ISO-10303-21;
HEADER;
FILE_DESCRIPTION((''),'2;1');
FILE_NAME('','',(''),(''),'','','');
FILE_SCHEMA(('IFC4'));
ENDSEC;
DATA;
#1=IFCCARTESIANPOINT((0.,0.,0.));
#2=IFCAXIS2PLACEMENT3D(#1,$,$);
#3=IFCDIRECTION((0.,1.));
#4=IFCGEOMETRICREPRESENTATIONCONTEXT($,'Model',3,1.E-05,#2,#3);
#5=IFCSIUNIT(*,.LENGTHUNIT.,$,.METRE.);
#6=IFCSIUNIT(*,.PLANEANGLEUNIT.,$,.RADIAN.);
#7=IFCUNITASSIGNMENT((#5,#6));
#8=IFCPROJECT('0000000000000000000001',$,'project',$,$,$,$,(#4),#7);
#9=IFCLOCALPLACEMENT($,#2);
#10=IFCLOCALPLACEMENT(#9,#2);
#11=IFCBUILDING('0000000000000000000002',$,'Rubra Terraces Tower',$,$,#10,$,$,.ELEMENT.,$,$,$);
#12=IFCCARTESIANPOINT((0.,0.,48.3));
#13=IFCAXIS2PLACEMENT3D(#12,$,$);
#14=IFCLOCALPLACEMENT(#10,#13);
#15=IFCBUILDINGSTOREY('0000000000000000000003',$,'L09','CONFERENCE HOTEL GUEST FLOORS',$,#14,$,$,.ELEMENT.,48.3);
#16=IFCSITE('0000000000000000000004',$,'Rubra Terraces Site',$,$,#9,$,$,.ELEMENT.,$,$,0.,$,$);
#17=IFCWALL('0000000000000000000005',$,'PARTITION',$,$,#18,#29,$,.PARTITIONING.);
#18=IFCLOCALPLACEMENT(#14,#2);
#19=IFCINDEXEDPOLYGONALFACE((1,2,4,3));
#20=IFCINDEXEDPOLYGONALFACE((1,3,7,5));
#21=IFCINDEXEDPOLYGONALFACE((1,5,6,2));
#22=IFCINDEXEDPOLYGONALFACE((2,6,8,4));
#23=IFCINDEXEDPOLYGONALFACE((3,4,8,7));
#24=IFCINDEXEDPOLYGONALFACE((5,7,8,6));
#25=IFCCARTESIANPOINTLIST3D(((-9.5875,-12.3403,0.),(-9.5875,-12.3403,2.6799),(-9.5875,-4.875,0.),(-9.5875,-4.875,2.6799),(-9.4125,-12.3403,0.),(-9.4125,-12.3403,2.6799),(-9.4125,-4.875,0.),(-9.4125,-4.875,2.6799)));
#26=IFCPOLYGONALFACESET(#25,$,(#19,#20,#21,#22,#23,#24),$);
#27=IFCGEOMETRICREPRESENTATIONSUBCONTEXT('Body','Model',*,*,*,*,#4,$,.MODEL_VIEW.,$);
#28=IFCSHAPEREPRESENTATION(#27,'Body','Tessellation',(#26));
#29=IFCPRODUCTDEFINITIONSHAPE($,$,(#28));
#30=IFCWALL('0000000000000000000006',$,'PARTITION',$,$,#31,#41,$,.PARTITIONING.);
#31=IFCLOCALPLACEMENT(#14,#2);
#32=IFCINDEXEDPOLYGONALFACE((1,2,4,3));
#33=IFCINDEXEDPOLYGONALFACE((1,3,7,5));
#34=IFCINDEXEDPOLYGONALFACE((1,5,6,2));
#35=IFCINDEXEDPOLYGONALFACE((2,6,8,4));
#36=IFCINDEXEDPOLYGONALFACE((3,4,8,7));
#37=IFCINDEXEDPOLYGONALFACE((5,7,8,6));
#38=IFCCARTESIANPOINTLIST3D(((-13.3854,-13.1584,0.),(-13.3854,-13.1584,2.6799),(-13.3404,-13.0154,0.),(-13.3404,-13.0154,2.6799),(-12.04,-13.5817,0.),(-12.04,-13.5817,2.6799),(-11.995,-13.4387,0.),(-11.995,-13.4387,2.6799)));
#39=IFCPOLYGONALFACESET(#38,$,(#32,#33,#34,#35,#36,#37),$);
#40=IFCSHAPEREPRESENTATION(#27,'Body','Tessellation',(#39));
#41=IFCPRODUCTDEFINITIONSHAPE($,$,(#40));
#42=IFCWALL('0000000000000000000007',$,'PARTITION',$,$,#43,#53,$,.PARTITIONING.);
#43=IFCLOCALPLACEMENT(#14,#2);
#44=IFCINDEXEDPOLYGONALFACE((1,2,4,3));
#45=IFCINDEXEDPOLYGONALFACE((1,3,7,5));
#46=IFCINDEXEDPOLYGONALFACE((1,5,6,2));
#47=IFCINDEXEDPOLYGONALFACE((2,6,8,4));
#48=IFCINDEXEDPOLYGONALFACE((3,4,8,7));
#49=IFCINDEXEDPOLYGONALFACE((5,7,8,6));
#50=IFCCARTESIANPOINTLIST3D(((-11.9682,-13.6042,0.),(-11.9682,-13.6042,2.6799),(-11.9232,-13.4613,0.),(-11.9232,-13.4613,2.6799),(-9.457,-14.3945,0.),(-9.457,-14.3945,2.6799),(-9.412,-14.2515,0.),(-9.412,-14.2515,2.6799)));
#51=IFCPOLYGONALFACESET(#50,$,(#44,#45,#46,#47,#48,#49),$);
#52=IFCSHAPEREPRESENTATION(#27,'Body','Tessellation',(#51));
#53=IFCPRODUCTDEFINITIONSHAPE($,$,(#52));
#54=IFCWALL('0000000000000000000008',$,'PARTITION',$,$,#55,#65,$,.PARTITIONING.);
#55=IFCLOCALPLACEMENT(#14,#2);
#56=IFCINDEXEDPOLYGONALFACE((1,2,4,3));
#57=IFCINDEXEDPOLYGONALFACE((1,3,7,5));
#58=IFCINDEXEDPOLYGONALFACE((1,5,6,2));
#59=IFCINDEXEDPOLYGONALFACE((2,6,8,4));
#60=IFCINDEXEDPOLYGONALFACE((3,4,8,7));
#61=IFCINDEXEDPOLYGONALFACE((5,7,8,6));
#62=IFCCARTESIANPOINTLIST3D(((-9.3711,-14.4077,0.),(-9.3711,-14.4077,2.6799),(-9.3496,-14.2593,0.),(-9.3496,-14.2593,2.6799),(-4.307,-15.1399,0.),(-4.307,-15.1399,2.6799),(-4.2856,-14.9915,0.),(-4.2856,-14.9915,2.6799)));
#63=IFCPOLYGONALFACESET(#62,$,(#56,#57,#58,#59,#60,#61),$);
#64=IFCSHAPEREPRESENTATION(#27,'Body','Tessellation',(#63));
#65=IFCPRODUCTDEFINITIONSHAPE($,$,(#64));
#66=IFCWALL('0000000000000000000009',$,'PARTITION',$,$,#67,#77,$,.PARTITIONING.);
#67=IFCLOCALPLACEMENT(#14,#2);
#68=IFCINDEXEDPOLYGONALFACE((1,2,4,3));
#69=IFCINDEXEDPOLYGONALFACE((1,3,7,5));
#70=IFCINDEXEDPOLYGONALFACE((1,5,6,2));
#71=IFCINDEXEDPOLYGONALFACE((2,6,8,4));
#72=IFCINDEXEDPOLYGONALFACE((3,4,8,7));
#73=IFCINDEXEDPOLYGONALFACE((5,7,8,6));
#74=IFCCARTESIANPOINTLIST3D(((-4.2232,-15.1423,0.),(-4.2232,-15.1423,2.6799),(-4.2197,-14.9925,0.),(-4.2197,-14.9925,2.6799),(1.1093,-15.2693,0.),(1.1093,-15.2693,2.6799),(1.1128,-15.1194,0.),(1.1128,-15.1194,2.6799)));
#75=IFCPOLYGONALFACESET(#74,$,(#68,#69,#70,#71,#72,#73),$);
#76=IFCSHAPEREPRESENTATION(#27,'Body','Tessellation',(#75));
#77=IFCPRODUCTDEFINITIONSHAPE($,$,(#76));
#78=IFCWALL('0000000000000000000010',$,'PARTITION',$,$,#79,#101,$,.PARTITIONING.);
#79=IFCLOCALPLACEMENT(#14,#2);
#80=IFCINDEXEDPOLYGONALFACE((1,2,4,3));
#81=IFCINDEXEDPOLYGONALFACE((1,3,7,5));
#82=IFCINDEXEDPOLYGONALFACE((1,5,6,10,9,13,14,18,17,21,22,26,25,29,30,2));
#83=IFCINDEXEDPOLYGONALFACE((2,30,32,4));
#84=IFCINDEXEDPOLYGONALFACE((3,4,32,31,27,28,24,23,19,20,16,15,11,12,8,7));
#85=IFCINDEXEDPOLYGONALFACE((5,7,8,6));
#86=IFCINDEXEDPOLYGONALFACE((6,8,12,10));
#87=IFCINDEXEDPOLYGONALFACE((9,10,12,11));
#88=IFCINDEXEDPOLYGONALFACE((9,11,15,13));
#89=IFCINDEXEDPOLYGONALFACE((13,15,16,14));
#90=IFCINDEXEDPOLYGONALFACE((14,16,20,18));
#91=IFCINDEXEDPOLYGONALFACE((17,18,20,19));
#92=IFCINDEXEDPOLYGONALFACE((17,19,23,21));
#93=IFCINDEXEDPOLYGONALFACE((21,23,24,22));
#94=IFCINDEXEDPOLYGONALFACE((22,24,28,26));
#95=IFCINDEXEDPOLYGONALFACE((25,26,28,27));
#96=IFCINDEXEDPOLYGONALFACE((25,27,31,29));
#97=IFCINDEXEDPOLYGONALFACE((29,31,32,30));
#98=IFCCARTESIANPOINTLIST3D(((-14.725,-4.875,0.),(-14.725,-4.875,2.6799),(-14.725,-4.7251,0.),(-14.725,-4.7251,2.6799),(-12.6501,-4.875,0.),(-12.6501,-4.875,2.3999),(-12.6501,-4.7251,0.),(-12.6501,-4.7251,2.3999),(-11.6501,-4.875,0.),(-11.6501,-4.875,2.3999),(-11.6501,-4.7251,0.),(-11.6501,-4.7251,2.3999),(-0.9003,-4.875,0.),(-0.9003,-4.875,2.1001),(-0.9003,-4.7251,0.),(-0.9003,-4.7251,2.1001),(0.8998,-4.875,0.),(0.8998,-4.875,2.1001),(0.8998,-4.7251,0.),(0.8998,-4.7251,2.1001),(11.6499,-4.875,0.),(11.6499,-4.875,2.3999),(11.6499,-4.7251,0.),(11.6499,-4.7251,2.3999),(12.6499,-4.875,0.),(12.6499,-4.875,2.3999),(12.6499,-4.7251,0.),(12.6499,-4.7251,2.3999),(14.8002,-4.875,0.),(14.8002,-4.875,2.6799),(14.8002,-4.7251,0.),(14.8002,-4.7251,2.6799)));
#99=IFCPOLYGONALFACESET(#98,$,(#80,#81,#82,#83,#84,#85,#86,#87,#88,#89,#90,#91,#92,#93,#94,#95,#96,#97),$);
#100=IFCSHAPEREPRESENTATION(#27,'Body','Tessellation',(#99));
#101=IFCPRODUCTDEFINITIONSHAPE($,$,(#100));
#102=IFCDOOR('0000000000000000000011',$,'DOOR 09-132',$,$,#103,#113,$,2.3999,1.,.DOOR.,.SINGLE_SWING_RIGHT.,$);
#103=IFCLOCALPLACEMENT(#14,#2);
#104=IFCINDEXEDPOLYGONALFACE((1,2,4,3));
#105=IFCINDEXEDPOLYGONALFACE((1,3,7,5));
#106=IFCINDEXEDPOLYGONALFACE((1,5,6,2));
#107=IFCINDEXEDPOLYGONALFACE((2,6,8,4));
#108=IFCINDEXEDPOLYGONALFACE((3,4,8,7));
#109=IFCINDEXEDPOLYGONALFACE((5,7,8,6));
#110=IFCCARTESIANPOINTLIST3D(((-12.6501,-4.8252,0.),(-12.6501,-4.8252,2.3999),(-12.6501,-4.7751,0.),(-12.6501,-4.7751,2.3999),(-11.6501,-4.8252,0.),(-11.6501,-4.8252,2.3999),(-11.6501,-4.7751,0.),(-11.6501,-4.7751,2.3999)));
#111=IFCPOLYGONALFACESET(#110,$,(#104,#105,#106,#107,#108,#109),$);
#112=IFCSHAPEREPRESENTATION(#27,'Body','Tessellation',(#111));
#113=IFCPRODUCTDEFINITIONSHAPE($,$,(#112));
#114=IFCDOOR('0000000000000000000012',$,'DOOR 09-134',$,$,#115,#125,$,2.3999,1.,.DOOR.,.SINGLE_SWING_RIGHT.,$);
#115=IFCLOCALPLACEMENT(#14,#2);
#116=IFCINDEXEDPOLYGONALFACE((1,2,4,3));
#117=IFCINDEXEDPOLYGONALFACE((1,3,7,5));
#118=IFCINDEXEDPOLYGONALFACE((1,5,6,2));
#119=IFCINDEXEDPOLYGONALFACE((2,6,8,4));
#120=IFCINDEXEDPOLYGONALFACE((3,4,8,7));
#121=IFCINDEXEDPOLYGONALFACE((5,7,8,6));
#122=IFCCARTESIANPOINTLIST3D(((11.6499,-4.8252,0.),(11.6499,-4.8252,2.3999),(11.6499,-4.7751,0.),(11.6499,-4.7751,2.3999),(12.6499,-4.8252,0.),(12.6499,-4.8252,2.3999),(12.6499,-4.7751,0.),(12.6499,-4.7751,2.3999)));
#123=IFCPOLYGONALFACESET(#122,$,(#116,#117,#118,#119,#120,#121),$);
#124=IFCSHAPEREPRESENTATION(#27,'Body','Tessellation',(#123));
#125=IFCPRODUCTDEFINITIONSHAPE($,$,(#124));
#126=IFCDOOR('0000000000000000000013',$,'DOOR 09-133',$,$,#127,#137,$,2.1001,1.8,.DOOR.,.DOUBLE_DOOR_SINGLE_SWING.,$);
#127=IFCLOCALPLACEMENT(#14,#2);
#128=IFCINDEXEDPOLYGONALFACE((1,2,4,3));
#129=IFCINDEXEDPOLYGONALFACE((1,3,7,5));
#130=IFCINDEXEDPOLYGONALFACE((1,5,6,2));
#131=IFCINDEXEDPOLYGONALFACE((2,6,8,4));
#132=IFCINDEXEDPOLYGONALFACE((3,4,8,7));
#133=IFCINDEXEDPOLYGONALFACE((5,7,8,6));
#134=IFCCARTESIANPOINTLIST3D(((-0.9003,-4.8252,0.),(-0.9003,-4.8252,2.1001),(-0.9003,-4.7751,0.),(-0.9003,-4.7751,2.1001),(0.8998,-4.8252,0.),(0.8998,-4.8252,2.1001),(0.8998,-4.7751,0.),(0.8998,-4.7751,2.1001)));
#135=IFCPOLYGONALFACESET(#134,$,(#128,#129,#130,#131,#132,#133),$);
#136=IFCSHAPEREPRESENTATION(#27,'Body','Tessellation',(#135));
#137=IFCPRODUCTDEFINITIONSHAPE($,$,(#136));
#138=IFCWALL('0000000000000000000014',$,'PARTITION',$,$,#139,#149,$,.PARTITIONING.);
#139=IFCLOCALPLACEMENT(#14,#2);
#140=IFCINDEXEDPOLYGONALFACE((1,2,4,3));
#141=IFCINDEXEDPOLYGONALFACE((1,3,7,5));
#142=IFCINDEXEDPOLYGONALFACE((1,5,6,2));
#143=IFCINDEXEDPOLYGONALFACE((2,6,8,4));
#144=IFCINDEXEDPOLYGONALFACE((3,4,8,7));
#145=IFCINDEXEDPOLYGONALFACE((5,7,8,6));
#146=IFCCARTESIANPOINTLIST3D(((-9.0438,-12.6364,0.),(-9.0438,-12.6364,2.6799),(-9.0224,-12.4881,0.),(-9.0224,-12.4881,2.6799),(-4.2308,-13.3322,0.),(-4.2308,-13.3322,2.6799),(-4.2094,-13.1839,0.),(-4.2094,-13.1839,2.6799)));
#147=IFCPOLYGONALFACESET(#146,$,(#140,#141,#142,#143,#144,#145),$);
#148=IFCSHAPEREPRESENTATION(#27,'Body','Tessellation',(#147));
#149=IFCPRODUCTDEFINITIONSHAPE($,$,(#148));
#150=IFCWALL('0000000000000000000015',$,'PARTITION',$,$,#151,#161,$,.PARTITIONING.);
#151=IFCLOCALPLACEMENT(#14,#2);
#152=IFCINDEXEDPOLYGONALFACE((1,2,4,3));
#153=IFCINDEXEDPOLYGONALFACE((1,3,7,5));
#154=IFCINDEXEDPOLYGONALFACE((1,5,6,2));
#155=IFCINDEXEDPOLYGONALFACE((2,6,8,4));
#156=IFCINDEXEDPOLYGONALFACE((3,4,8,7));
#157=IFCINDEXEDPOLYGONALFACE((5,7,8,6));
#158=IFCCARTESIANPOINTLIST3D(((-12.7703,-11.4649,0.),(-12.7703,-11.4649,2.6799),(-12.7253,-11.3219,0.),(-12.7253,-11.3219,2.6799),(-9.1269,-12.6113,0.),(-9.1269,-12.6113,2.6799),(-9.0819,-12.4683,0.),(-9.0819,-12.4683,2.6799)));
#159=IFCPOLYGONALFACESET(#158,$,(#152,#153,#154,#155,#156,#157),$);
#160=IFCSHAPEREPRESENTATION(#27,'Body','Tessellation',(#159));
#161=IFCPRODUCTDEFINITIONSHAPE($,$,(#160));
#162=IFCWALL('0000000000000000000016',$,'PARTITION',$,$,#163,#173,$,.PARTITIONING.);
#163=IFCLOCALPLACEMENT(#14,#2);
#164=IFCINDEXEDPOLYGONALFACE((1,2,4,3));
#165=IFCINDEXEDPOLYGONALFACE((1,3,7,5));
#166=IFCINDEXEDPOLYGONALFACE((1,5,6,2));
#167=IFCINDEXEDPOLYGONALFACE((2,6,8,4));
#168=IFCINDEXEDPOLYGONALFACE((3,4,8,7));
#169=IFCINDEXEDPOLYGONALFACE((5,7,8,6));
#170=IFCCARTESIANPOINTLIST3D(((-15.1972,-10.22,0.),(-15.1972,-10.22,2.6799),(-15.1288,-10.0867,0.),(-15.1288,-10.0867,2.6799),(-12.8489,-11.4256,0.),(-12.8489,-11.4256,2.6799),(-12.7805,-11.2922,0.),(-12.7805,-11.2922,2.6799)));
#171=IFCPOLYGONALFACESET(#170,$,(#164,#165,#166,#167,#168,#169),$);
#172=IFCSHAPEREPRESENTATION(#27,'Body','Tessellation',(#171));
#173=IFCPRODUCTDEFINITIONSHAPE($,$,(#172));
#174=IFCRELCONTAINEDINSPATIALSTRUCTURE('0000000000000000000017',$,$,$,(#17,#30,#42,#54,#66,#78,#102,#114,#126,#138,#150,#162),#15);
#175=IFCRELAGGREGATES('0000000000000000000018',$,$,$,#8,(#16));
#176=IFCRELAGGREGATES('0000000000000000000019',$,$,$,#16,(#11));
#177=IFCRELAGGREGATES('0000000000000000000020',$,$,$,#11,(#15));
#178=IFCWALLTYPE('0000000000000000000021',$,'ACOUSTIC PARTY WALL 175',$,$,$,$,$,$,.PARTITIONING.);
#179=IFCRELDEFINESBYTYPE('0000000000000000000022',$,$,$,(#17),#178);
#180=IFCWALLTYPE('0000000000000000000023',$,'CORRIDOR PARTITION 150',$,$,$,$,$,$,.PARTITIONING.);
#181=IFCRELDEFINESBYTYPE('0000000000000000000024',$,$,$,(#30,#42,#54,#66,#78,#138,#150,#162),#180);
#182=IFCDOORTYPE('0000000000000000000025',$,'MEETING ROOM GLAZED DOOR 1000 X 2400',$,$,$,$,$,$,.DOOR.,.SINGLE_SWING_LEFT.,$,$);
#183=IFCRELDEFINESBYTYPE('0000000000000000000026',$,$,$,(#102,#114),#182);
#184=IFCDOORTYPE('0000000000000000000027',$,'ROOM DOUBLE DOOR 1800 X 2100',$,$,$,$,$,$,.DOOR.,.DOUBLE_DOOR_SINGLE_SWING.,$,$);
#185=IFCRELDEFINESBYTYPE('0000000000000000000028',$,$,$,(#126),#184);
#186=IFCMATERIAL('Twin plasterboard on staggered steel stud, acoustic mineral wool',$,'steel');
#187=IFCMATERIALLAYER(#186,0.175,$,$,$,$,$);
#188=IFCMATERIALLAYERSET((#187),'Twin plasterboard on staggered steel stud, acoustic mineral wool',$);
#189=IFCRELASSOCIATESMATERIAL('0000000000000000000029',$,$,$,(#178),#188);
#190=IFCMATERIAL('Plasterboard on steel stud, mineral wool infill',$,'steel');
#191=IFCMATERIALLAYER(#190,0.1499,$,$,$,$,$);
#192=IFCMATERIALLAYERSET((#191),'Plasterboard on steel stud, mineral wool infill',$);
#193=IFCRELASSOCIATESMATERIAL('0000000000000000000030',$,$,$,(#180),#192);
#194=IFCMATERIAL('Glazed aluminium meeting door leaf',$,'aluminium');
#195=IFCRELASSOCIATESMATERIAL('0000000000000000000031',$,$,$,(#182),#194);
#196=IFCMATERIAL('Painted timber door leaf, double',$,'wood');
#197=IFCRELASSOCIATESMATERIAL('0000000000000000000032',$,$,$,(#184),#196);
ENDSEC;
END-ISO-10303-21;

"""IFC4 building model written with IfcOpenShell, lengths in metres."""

from ifc_helpers import new_model, si_unit, direction, frame, frame_2d, origin, place, context, subcontext, project, spatial, rectangle, extrude, material, layer, layer_set, type_object, element, fill, save


model = new_model("IFC4")

# Units and contexts
model_context = context("Model", 3, precision=1e-05, world=origin(), true_north=direction((0.0, 1.0)))
body_context = subcontext(model_context, "Body", "Model", "MODEL_VIEW")
ifc_project = project(units=[si_unit("LENGTHUNIT", "METRE"), si_unit("PLANEANGLEUNIT", "RADIAN")], contexts=[model_context])

# Site, building, storey
site_placement = place(None, origin())
site = spatial("IfcSite", under=ifc_project, at=site_placement, Name="Rubra Terraces Site", CompositionType="ELEMENT", RefElevation=0.0)
building_placement = place(site_placement, origin())
building = spatial("IfcBuilding", under=site, at=building_placement, Name="Rubra Terraces Tower", CompositionType="ELEMENT")
storey_placement = place(building_placement, frame((0.0, 0.0, 48.3)))
storey = spatial("IfcBuildingStorey", under=building, at=storey_placement, Name="L09", Description="CONFERENCE HOTEL GUEST FLOORS", CompositionType="ELEMENT", Elevation=48.3)

# Walls
ifc_material_1 = material(Name="Twin plasterboard on staggered steel stud, acoustic mineral wool", Category="steel")
ifc_layer_1 = layer(ifc_material_1, 0.175)
ifc_layer_set_1 = layer_set([ifc_layer_1], Name="Twin plasterboard on staggered steel stud, acoustic mineral wool")
wall_type_1 = type_object("IfcWallType", Name="ACOUSTIC PARTY WALL 175", PredefinedType="PARTITIONING", material=ifc_layer_set_1)
wall_1_placement = place(storey_placement, frame((-9.5, -12.3403, 0.0), z_axis=(0.0, 0.0, 1.0), x_axis=(0.0, 1.0, 0.0)))
element("IfcWall", 1, at=wall_1_placement, inside=storey, type_object=wall_type_1, Name="PARTITION", PredefinedType="PARTITIONING", context=body_context, shape_type="SweptSolid", body=[
    extrude(rectangle(XDim=7.4653, YDim=0.175, at=frame_2d((3.7327, 0.0))), origin(), (0.0, 0.0, 1.0), 2.6799),
])
ifc_material_2 = material(Name="Plasterboard on steel stud, mineral wool infill", Category="steel")
ifc_layer_2 = layer(ifc_material_2, 0.1499)
ifc_layer_set_2 = layer_set([ifc_layer_2], Name="Plasterboard on steel stud, mineral wool infill")
wall_type_2 = type_object("IfcWallType", Name="CORRIDOR PARTITION 150", PredefinedType="PARTITIONING", material=ifc_layer_set_2)
wall_2_placement = place(storey_placement, frame((-13.3628, -13.0869, 0.0), z_axis=(0.0, 0.0, 1.0), x_axis=(0.953896, -0.300137, 0.0)))
element("IfcWall", 2, at=wall_2_placement, inside=storey, type_object=wall_type_2, Name="PARTITION", PredefinedType="PARTITIONING", context=body_context, shape_type="SweptSolid", body=[
    extrude(rectangle(XDim=1.4104, YDim=0.1499, at=frame_2d((0.7051, 0.0))), origin(), (0.0, 0.0, 1.0), 2.6799),
])
wall_3_placement = place(storey_placement, frame((-11.9458, -13.5327, 0.0), z_axis=(0.0, 0.0, 1.0), x_axis=(0.953881, -0.300186, 0.0)))
element("IfcWall", 3, at=wall_3_placement, inside=storey, type_object=wall_type_2, Name="PARTITION", PredefinedType="PARTITIONING", context=body_context, shape_type="SweptSolid", body=[
    extrude(rectangle(XDim=2.6326, YDim=0.1499, at=frame_2d((1.3164, 0.0))), origin(), (0.0, 0.0, 1.0), 2.6799),
])
wall_4_placement = place(storey_placement, frame((-9.3604, -14.3335, 0.0), z_axis=(0.0, 0.0, 1.0), x_axis=(0.989709, -0.143098, 0.0)))
element("IfcWall", 4, at=wall_4_placement, inside=storey, type_object=wall_type_2, Name="PARTITION", PredefinedType="PARTITIONING", context=body_context, shape_type="SweptSolid", body=[
    extrude(rectangle(XDim=5.1167, YDim=0.1499, at=frame_2d((2.5583, 0.0))), origin(), (0.0, 0.0, 1.0), 2.6799),
])
wall_5_placement = place(storey_placement, frame((-4.2214, -15.0674, 0.0), z_axis=(0.0, 0.0, 1.0), x_axis=(0.999717, -0.023801, 0.0)))
element("IfcWall", 5, at=wall_5_placement, inside=storey, type_object=wall_type_2, Name="PARTITION", PredefinedType="PARTITIONING", context=body_context, shape_type="SweptSolid", body=[
    extrude(rectangle(XDim=5.334, YDim=0.1499, at=frame_2d((2.667, 0.0))), origin(), (0.0, 0.0, 1.0), 2.6799),
])

# Wall, openings, doors
wall_6_placement = place(storey_placement, frame((-14.7251, -4.8, 0.0), z_axis=(0.0, 0.0, 1.0), x_axis=(1.0, 0.0, 0.0)))
wall_6 = element("IfcWall", 6, at=wall_6_placement, inside=storey, type_object=wall_type_2, Name="PARTITION", PredefinedType="PARTITIONING", context=body_context, shape_type="SweptSolid", body=[
    extrude(rectangle(XDim=29.5251, YDim=0.1499, at=frame_2d((14.7627, 0.0))), origin(), (0.0, 0.0, 1.0), 2.6799),
])
opening_1_placement = place(wall_6_placement, frame((2.075, 0.0, 0.0)))
opening_1 = element("IfcOpeningElement", 7, at=opening_1_placement, cuts=wall_6, PredefinedType="OPENING", context=body_context, shape_type="SweptSolid", body=[
    extrude(rectangle(XDim=1.0, YDim=2.3999, at=frame_2d((0.5, 1.2))), frame((0.0, 0.085, 0.0), z_axis=(0.0, -1.0, 0.0), x_axis=(1.0, 0.0, 0.0)), (0.0, 0.0, 1.0), 0.1699),
])
opening_2_placement = place(wall_6_placement, frame((13.825, 0.0, 0.0)))
opening_2 = element("IfcOpeningElement", 8, at=opening_2_placement, cuts=wall_6, PredefinedType="OPENING", context=body_context, shape_type="SweptSolid", body=[
    extrude(rectangle(XDim=1.8, YDim=2.1001, at=frame_2d((0.8999, 1.05))), frame((0.0, 0.085, 0.0), z_axis=(0.0, -1.0, 0.0), x_axis=(1.0, 0.0, 0.0)), (0.0, 0.0, 1.0), 0.1699),
])
opening_3_placement = place(wall_6_placement, frame((26.375, 0.0, 0.0)))
opening_3 = element("IfcOpeningElement", 9, at=opening_3_placement, cuts=wall_6, PredefinedType="OPENING", context=body_context, shape_type="SweptSolid", body=[
    extrude(rectangle(XDim=1.0, YDim=2.3999, at=frame_2d((0.5, 1.2))), frame((0.0, 0.085, 0.0), z_axis=(0.0, -1.0, 0.0), x_axis=(1.0, 0.0, 0.0)), (0.0, 0.0, 1.0), 0.1699),
])
ifc_material_3 = material(Name="Glazed aluminium meeting door leaf", Category="aluminium")
door_type_1 = type_object("IfcDoorType", Name="MEETING ROOM GLAZED DOOR 1000 X 2400", OperationType="SINGLE_SWING_LEFT", PredefinedType="DOOR", material=ifc_material_3)
door_1_placement = place(opening_1_placement, origin())
door_1 = element("IfcDoor", 10, at=door_1_placement, inside=storey, type_object=door_type_1, Name="DOOR 09-132", OperationType="SINGLE_SWING_RIGHT", OverallHeight=2.3999, OverallWidth=1.0, PredefinedType="DOOR", context=body_context, shape_type="SweptSolid", body=[
    extrude(rectangle(XDim=1.0, YDim=2.3999, at=frame_2d((0.5, 1.2))), frame((0.0, 0.0249, 0.0), z_axis=(0.0, -1.0, 0.0), x_axis=(1.0, 0.0, 0.0)), (0.0, 0.0, 1.0), 0.05),
])
fill(opening_1, door_1)
door_2_placement = place(opening_3_placement, origin())
door_2 = element("IfcDoor", 11, at=door_2_placement, inside=storey, type_object=door_type_1, Name="DOOR 09-134", OperationType="SINGLE_SWING_RIGHT", OverallHeight=2.3999, OverallWidth=1.0, PredefinedType="DOOR", context=body_context, shape_type="SweptSolid", body=[
    extrude(rectangle(XDim=1.0, YDim=2.3999, at=frame_2d((0.5, 1.2))), frame((0.0, 0.0249, 0.0), z_axis=(0.0, -1.0, 0.0), x_axis=(1.0, 0.0, 0.0)), (0.0, 0.0, 1.0), 0.05),
])
fill(opening_3, door_2)
ifc_material_4 = material(Name="Painted timber door leaf, double", Category="wood")
door_type_2 = type_object("IfcDoorType", Name="ROOM DOUBLE DOOR 1800 X 2100", OperationType="DOUBLE_DOOR_SINGLE_SWING", PredefinedType="DOOR", material=ifc_material_4)
door_3_placement = place(opening_2_placement, origin())
door_3 = element("IfcDoor", 12, at=door_3_placement, inside=storey, type_object=door_type_2, Name="DOOR 09-133", OperationType="DOUBLE_DOOR_SINGLE_SWING", OverallHeight=2.1001, OverallWidth=1.8, PredefinedType="DOOR", context=body_context, shape_type="SweptSolid", body=[
    extrude(rectangle(XDim=1.8, YDim=2.1001, at=frame_2d((0.8999, 1.05))), frame((0.0, 0.0249, 0.0), z_axis=(0.0, -1.0, 0.0), x_axis=(1.0, 0.0, 0.0)), (0.0, 0.0, 1.0), 0.05),
])
fill(opening_2, door_3)

# Walls
wall_7_placement = place(storey_placement, frame((-4.22, -13.2581, 0.0), z_axis=(0.0, 0.0, 1.0), x_axis=(-0.989711, 0.14308, 0.0)))
element("IfcWall", 13, at=wall_7_placement, inside=storey, type_object=wall_type_2, Name="PARTITION", PredefinedType="PARTITIONING", context=body_context, shape_type="SweptSolid", body=[
    extrude(rectangle(XDim=4.863, YDim=0.1499, at=frame_2d((2.4316, 0.0))), origin(), (0.0, 0.0, 1.0), 2.6799),
])
wall_8_placement = place(storey_placement, frame((-9.1045, -12.5398, 0.0), z_axis=(0.0, 0.0, 1.0), x_axis=(-0.953891, 0.300152, 0.0)))
element("IfcWall", 14, at=wall_8_placement, inside=storey, type_object=wall_type_2, Name="PARTITION", PredefinedType="PARTITIONING", context=body_context, shape_type="SweptSolid", body=[
    extrude(rectangle(XDim=3.8196, YDim=0.1499, at=frame_2d((1.9097, 0.0))), origin(), (0.0, 0.0, 1.0), 2.6799),
])
wall_9_placement = place(storey_placement, frame((-12.8147, -11.3589, 0.0), z_axis=(0.0, 0.0, 1.0), x_axis=(-0.889623, 0.456696, 0.0)))
element("IfcWall", 15, at=wall_9_placement, inside=storey, type_object=wall_type_2, Name="PARTITION", PredefinedType="PARTITIONING", context=body_context, shape_type="SweptSolid", body=[
    extrude(rectangle(XDim=2.6396, YDim=0.1499, at=frame_2d((1.3198, 0.0))), origin(), (0.0, 0.0, 1.0), 2.6799),
])

save(model, "model.ifc")
